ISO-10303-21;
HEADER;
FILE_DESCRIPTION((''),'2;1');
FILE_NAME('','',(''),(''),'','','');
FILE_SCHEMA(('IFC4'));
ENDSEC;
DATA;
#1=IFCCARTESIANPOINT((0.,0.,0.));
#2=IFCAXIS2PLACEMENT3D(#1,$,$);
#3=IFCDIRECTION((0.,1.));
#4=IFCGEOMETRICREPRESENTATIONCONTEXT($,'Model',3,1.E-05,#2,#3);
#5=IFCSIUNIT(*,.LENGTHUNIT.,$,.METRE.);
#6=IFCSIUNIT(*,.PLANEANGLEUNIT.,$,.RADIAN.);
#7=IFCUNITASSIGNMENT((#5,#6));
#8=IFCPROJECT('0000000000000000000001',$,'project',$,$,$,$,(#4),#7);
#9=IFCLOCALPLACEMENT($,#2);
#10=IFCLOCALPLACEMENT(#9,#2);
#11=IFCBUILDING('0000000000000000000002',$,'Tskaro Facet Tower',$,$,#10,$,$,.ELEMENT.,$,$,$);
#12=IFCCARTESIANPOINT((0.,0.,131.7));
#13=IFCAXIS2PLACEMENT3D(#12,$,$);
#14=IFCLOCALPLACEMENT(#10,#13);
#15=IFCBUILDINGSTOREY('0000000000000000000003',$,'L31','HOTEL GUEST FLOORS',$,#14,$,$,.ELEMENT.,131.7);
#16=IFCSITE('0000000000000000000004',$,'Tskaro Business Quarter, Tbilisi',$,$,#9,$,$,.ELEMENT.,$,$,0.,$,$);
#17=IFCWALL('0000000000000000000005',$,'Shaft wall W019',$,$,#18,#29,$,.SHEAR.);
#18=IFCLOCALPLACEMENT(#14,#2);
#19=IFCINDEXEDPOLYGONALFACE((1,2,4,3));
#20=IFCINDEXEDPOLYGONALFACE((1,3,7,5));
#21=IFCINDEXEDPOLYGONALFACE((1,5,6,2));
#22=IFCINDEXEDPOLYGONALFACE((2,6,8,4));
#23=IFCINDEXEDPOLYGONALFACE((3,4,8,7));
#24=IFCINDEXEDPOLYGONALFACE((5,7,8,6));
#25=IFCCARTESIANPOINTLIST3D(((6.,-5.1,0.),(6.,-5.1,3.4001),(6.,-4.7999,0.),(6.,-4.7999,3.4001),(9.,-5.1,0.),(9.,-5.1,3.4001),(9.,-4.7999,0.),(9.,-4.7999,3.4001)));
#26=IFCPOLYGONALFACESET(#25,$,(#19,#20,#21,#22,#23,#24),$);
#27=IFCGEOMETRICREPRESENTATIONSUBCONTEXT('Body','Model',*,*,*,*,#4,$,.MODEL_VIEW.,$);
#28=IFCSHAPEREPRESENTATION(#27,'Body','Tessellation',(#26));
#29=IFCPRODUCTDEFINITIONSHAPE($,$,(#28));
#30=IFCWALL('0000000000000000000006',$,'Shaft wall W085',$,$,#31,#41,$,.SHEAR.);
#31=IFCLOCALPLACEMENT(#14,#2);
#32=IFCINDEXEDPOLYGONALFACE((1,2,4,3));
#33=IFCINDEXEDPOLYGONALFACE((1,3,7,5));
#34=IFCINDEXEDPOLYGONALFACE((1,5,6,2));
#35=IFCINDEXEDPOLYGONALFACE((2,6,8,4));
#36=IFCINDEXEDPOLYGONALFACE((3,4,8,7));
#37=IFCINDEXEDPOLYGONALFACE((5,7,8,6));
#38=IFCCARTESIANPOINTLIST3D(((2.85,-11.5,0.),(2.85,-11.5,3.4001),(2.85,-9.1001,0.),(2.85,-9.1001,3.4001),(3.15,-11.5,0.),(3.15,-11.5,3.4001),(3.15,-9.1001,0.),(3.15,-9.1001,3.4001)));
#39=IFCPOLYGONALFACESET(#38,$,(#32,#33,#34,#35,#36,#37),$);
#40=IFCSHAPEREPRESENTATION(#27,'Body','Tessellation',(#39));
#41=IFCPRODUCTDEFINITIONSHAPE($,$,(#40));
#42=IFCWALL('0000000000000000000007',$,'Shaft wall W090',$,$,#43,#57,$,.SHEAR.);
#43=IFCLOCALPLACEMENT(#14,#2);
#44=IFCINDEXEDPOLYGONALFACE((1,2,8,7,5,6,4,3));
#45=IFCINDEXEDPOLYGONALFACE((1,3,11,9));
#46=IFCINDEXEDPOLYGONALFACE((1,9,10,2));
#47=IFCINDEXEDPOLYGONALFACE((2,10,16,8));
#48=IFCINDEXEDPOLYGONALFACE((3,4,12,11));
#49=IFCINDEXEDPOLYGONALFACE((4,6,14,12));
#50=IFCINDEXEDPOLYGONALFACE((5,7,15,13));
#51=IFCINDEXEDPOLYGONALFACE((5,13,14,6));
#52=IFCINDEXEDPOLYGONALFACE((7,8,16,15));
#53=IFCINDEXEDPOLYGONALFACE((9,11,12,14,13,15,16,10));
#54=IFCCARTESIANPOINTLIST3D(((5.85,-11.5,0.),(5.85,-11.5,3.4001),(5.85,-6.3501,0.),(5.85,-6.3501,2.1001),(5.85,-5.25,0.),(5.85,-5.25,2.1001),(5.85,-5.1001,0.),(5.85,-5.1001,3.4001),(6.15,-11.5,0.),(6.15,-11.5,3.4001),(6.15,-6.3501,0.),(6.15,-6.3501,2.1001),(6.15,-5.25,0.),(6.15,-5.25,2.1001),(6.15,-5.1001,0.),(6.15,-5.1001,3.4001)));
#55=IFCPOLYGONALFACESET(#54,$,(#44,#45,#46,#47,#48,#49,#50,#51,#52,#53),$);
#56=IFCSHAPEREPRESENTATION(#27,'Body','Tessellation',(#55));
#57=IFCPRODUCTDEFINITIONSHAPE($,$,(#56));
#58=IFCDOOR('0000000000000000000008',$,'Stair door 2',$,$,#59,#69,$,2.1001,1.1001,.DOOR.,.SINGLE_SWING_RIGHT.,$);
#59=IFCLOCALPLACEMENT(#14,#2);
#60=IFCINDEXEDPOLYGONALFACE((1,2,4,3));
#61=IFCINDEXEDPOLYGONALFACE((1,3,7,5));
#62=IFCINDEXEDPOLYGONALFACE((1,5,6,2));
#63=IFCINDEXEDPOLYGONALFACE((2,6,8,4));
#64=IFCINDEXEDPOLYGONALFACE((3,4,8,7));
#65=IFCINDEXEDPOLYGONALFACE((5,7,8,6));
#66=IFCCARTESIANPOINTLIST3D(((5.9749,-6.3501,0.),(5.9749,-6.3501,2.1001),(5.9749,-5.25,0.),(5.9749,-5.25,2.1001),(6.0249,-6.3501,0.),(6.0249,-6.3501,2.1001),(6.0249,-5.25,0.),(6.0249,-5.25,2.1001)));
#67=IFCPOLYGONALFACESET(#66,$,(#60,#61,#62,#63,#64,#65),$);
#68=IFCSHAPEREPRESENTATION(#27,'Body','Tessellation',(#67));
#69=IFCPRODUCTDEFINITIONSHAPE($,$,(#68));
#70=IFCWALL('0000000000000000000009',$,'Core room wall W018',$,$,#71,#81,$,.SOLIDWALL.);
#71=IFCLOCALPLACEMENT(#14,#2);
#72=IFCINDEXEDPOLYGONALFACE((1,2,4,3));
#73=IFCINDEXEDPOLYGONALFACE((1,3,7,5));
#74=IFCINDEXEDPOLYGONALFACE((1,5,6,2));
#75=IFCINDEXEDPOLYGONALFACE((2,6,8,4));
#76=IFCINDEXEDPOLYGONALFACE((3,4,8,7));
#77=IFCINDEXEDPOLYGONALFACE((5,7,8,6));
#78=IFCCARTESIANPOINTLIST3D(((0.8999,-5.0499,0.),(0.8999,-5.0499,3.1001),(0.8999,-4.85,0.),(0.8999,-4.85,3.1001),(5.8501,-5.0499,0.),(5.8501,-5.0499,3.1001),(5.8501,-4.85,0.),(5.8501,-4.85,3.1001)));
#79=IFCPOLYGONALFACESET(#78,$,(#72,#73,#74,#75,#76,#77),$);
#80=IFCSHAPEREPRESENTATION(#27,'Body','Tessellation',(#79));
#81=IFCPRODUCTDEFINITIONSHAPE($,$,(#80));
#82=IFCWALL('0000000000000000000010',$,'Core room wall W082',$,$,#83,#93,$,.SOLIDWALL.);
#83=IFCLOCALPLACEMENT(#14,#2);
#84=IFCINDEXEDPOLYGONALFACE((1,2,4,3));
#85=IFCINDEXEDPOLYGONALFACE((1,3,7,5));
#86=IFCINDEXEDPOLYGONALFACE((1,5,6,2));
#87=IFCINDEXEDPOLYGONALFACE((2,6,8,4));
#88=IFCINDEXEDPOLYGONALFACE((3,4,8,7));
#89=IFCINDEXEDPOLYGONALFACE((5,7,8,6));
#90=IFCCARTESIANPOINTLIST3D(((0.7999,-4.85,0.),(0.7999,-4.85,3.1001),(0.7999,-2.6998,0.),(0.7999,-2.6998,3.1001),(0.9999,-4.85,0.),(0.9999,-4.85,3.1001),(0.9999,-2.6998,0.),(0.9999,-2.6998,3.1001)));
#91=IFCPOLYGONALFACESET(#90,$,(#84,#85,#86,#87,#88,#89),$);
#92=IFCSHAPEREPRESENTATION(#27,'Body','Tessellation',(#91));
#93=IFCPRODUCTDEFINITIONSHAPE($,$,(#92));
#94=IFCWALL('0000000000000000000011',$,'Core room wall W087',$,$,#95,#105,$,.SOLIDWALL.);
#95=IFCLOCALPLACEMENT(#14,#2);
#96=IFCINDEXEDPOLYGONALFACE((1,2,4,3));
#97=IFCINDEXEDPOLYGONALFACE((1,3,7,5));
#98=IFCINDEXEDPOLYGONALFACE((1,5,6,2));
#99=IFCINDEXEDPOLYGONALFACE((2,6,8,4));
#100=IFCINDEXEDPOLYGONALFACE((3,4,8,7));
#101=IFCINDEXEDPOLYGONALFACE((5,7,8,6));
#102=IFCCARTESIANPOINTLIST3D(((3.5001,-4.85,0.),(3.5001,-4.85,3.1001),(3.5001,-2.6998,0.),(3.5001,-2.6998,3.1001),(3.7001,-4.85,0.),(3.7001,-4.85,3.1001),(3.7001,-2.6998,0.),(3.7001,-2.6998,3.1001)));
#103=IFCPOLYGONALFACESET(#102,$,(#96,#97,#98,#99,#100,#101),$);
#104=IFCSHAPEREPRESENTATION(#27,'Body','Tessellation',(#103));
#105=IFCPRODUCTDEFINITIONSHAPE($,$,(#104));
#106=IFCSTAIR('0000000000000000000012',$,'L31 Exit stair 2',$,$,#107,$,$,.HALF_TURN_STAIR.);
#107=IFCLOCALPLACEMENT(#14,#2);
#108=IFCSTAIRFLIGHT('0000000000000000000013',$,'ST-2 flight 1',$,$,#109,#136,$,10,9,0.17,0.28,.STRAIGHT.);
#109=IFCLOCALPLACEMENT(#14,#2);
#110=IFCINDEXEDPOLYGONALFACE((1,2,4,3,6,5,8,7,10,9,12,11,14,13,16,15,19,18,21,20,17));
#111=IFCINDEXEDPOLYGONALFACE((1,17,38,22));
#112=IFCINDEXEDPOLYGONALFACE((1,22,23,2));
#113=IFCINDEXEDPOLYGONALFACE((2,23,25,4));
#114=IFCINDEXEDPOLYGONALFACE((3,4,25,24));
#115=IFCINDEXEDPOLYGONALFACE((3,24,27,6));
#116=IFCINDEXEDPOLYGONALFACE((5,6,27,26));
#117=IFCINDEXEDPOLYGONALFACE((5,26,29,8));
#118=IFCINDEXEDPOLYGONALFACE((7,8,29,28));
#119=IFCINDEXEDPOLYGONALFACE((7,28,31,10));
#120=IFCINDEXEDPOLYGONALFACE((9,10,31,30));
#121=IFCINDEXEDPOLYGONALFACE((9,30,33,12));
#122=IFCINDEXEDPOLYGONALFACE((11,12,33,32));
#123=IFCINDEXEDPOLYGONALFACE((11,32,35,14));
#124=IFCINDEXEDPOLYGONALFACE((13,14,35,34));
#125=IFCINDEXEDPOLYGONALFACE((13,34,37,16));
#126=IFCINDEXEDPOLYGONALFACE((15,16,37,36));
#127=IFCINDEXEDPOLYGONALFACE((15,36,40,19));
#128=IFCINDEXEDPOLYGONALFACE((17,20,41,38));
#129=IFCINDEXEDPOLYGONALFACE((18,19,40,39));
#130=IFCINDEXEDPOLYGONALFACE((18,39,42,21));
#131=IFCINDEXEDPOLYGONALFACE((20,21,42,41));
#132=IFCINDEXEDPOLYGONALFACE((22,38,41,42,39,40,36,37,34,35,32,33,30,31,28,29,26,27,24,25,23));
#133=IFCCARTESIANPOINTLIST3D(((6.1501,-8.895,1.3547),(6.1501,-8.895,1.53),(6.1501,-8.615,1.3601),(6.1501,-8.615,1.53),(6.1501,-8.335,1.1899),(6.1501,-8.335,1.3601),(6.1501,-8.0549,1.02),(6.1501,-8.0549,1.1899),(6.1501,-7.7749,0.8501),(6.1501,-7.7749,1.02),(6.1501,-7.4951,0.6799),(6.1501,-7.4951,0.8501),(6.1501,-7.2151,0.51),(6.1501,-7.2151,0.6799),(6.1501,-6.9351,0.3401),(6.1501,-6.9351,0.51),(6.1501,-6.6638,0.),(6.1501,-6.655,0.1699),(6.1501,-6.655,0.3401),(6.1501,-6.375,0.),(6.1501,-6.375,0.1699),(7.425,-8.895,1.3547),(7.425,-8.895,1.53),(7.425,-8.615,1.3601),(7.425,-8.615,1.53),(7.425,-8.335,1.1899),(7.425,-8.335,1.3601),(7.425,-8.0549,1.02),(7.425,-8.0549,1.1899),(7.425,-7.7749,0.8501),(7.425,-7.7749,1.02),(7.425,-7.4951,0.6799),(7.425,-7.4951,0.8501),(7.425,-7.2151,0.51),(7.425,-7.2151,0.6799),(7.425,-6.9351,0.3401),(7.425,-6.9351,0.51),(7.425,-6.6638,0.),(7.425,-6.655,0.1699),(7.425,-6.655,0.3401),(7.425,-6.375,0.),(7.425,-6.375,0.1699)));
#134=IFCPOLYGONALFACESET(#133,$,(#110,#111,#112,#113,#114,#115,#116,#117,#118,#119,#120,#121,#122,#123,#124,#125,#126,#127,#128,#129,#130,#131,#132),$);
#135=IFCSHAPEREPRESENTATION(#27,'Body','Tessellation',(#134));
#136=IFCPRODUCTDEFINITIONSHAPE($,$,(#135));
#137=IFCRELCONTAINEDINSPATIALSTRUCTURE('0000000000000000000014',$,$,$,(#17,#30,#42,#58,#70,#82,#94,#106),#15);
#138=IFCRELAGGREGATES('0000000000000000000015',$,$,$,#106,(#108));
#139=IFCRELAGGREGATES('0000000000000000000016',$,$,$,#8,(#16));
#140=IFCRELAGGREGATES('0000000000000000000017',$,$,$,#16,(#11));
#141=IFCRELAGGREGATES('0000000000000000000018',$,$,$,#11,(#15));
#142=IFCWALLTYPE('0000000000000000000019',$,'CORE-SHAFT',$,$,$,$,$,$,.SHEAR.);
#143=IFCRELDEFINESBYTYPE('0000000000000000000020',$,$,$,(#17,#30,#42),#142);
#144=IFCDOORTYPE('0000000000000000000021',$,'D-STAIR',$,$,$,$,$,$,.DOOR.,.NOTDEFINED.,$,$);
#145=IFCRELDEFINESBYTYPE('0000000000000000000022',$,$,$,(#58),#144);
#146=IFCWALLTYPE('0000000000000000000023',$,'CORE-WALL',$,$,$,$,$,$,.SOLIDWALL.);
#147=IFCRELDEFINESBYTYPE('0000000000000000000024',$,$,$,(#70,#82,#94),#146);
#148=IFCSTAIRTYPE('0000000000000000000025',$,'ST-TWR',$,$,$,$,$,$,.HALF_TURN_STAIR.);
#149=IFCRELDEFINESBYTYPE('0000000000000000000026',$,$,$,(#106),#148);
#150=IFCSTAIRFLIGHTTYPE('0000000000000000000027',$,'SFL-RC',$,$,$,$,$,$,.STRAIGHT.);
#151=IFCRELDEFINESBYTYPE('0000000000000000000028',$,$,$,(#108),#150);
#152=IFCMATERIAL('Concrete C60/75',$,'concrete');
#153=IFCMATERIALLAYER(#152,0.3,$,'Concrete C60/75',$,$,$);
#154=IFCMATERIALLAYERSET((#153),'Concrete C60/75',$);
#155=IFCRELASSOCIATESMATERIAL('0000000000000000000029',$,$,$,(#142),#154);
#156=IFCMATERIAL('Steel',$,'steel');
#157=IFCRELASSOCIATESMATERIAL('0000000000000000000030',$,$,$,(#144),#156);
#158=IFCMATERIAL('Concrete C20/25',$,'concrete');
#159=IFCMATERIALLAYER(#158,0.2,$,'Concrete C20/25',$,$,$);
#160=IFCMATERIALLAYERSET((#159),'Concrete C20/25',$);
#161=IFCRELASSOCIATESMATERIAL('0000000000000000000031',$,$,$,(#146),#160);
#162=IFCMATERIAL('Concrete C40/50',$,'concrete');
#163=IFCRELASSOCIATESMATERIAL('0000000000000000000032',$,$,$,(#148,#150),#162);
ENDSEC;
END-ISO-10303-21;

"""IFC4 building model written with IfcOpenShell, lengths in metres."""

from ifc_helpers import new_model, si_unit, direction, frame, frame_2d, origin, place, context, subcontext, project, spatial, polyline, rectangle, outline, extrude, material, layer, layer_set, type_object, element, fill, aggregate, save


model = new_model("IFC4")

# Units and contexts
model_context = context("Model", 3, precision=1e-05, world=origin(), true_north=direction((0.0, 1.0)))
body_context = subcontext(model_context, "Body", "Model", "MODEL_VIEW")
ifc_project = project(units=[si_unit("LENGTHUNIT", "METRE"), si_unit("PLANEANGLEUNIT", "RADIAN")], contexts=[model_context])

# Site, building, storey
site_placement = place(None, origin())
site = spatial("IfcSite", under=ifc_project, at=site_placement, Name="Tskaro Business Quarter, Tbilisi", CompositionType="ELEMENT", RefElevation=0.0)
building_placement = place(site_placement, origin())
building = spatial("IfcBuilding", under=site, at=building_placement, Name="Tskaro Facet Tower", CompositionType="ELEMENT")
storey_placement = place(building_placement, frame((0.0, 0.0, 131.7)))
storey = spatial("IfcBuildingStorey", under=building, at=storey_placement, Name="L31", Description="HOTEL GUEST FLOORS", CompositionType="ELEMENT", Elevation=131.7)

# Walls
ifc_material_1 = material(Name="Concrete C60/75", Category="concrete")
ifc_layer_1 = layer(ifc_material_1, 0.3, Name="Concrete C60/75")
ifc_layer_set_1 = layer_set([ifc_layer_1], Name="Concrete C60/75")
wall_type_1 = type_object("IfcWallType", Name="CORE-SHAFT", PredefinedType="SHEAR", material=ifc_layer_set_1)
wall_1_placement = place(storey_placement, frame((6.0, -4.95, 0.0), z_axis=(0.0, 0.0, 1.0), x_axis=(1.0, 0.0, 0.0)))
element("IfcWall", 1, at=wall_1_placement, inside=storey, type_object=wall_type_1, Name="Shaft wall W019", PredefinedType="SHEAR", context=body_context, shape_type="SweptSolid", body=[
    extrude(rectangle(XDim=3.0, YDim=0.3, at=frame_2d((1.5, 0.0))), origin(), (0.0, 0.0, 1.0), 3.4001),
])
wall_2_placement = place(storey_placement, frame((3.0, -11.5, 0.0), z_axis=(0.0, 0.0, 1.0), x_axis=(0.0, 1.0, 0.0)))
element("IfcWall", 2, at=wall_2_placement, inside=storey, type_object=wall_type_1, Name="Shaft wall W085", PredefinedType="SHEAR", context=body_context, shape_type="SweptSolid", body=[
    extrude(rectangle(XDim=2.3999, YDim=0.3, at=frame_2d((1.2, 0.0))), origin(), (0.0, 0.0, 1.0), 3.4001),
])

# Wall, opening, door
wall_3_placement = place(storey_placement, frame((6.0, -5.1001, 0.0), z_axis=(0.0, 0.0, 1.0), x_axis=(0.0, -1.0, 0.0)))
wall_3 = element("IfcWall", 3, at=wall_3_placement, inside=storey, type_object=wall_type_1, Name="Shaft wall W090", PredefinedType="SHEAR", context=body_context, shape_type="SweptSolid", body=[
    extrude(rectangle(XDim=6.3999, YDim=0.3, at=frame_2d((3.2, 0.0))), origin(), (0.0, 0.0, 1.0), 3.4001),
])
opening_placement = place(wall_3_placement, frame((0.1499, 0.0, 0.0)))
opening = element("IfcOpeningElement", 4, at=opening_placement, cuts=wall_3, PredefinedType="OPENING", context=body_context, shape_type="SweptSolid", body=[
    extrude(rectangle(XDim=1.1001, YDim=2.1001, at=frame_2d((0.55, 1.05))), frame((0.0, 0.1599, 0.0), z_axis=(0.0, -1.0, 0.0), x_axis=(1.0, 0.0, 0.0)), (0.0, 0.0, 1.0), 0.3201),
])
ifc_material_2 = material(Name="Steel", Category="steel")
door_type = type_object("IfcDoorType", Name="D-STAIR", OperationType="NOTDEFINED", PredefinedType="DOOR", material=ifc_material_2)
door_placement = place(opening_placement, origin())
door = element("IfcDoor", 5, at=door_placement, inside=storey, type_object=door_type, Name="Stair door 2", OperationType="SINGLE_SWING_RIGHT", OverallHeight=2.1001, OverallWidth=1.1001, PredefinedType="DOOR", context=body_context, shape_type="SweptSolid", body=[
    extrude(rectangle(XDim=1.1001, YDim=2.1001, at=frame_2d((0.55, 1.05))), frame((0.0, 0.0249, 0.0), z_axis=(0.0, -1.0, 0.0), x_axis=(1.0, 0.0, 0.0)), (0.0, 0.0, 1.0), 0.05),
])
fill(opening, door)

# Walls
ifc_material_3 = material(Name="Concrete C20/25", Category="concrete")
ifc_layer_2 = layer(ifc_material_3, 0.2, Name="Concrete C20/25")
ifc_layer_set_2 = layer_set([ifc_layer_2], Name="Concrete C20/25")
wall_type_2 = type_object("IfcWallType", Name="CORE-WALL", PredefinedType="SOLIDWALL", material=ifc_layer_set_2)
wall_4_placement = place(storey_placement, frame((0.8999, -4.95, 0.0), z_axis=(0.0, 0.0, 1.0), x_axis=(1.0, 0.0, 0.0)))
element("IfcWall", 6, at=wall_4_placement, inside=storey, type_object=wall_type_2, Name="Core room wall W018", PredefinedType="SOLIDWALL", context=body_context, shape_type="SweptSolid", body=[
    extrude(rectangle(XDim=4.9502, YDim=0.2, at=frame_2d((2.4751, 0.0))), origin(), (0.0, 0.0, 1.0), 3.1001),
])
for number, where, z_axis, x_axis, name in (
    (7, (0.8999, -4.8501, 0.0), (0.0, 0.0, 1.0), (0.0, 1.0, 0.0), "Core room wall W082"),
    (8, (3.6001, -4.8501, 0.0), (0.0, 0.0, 1.0), (0.0, 1.0, 0.0), "Core room wall W087"),
):
    element("IfcWall", number, at=place(storey_placement, frame(where, z_axis=z_axis, x_axis=x_axis)), inside=storey, type_object=wall_type_2, Name=name, PredefinedType="SOLIDWALL", context=body_context, shape_type="SweptSolid", body=[
        extrude(rectangle(XDim=2.1501, YDim=0.2, at=frame_2d((1.0752, 0.0))), origin(), (0.0, 0.0, 1.0), 3.1001),
    ])

# Stair, stair flight
ifc_material_4 = material(Name="Concrete C40/50", Category="concrete")
stair_type = type_object("IfcStairType", Name="ST-TWR", PredefinedType="HALF_TURN_STAIR", material=ifc_material_4)
stair_placement = place(storey_placement, origin())
stair = element("IfcStair", 9, at=stair_placement, inside=storey, type_object=stair_type, Name="L31 Exit stair 2", PredefinedType="HALF_TURN_STAIR")
stair_flight_type = type_object("IfcStairFlightType", Name="SFL-RC", PredefinedType="STRAIGHT", material=ifc_material_4)
stair_flight_placement = place(storey_placement, frame((6.7876, -6.375, 0.0), z_axis=(0.0, 0.0, 1.0), x_axis=(0.0, -1.0, 0.0)))
stair_flight = element("IfcStairFlight", 10, at=stair_flight_placement, type_object=stair_flight_type, Name="ST-2 flight 1", NumberOfRisers=10, NumberOfTreads=9, PredefinedType="STRAIGHT", RiserHeight=0.17, TreadLength=0.28, context=body_context, shape_type="SweptSolid", body=[
    extrude(outline(polyline([(0.0, 0.0), (0.0, 0.1699), (0.28, 0.1699), (0.28, 0.3401), (0.5601, 0.3401), (0.5601, 0.51), (0.8401, 0.51), (0.8401, 0.6799), (1.1201, 0.6799), (1.1201, 0.8501), (1.3999, 0.8501), (1.3999, 1.02), (1.6799, 1.02), (1.6799, 1.1899), (1.96, 1.1899), (1.96, 1.3601), (2.24, 1.3601), (2.24, 1.53), (2.52, 1.53), (2.52, 1.7), (2.52, 1.3547), (0.2888, 0.0), (0.0, 0.0)])), frame((0.0, 0.6375, 0.0), z_axis=(0.0, -1.0, 0.0), x_axis=(1.0, 0.0, 0.0)), (0.0, 0.0, 1.0), 1.2749),
])
aggregate(stair, [stair_flight])

save(model, "model.ifc")
